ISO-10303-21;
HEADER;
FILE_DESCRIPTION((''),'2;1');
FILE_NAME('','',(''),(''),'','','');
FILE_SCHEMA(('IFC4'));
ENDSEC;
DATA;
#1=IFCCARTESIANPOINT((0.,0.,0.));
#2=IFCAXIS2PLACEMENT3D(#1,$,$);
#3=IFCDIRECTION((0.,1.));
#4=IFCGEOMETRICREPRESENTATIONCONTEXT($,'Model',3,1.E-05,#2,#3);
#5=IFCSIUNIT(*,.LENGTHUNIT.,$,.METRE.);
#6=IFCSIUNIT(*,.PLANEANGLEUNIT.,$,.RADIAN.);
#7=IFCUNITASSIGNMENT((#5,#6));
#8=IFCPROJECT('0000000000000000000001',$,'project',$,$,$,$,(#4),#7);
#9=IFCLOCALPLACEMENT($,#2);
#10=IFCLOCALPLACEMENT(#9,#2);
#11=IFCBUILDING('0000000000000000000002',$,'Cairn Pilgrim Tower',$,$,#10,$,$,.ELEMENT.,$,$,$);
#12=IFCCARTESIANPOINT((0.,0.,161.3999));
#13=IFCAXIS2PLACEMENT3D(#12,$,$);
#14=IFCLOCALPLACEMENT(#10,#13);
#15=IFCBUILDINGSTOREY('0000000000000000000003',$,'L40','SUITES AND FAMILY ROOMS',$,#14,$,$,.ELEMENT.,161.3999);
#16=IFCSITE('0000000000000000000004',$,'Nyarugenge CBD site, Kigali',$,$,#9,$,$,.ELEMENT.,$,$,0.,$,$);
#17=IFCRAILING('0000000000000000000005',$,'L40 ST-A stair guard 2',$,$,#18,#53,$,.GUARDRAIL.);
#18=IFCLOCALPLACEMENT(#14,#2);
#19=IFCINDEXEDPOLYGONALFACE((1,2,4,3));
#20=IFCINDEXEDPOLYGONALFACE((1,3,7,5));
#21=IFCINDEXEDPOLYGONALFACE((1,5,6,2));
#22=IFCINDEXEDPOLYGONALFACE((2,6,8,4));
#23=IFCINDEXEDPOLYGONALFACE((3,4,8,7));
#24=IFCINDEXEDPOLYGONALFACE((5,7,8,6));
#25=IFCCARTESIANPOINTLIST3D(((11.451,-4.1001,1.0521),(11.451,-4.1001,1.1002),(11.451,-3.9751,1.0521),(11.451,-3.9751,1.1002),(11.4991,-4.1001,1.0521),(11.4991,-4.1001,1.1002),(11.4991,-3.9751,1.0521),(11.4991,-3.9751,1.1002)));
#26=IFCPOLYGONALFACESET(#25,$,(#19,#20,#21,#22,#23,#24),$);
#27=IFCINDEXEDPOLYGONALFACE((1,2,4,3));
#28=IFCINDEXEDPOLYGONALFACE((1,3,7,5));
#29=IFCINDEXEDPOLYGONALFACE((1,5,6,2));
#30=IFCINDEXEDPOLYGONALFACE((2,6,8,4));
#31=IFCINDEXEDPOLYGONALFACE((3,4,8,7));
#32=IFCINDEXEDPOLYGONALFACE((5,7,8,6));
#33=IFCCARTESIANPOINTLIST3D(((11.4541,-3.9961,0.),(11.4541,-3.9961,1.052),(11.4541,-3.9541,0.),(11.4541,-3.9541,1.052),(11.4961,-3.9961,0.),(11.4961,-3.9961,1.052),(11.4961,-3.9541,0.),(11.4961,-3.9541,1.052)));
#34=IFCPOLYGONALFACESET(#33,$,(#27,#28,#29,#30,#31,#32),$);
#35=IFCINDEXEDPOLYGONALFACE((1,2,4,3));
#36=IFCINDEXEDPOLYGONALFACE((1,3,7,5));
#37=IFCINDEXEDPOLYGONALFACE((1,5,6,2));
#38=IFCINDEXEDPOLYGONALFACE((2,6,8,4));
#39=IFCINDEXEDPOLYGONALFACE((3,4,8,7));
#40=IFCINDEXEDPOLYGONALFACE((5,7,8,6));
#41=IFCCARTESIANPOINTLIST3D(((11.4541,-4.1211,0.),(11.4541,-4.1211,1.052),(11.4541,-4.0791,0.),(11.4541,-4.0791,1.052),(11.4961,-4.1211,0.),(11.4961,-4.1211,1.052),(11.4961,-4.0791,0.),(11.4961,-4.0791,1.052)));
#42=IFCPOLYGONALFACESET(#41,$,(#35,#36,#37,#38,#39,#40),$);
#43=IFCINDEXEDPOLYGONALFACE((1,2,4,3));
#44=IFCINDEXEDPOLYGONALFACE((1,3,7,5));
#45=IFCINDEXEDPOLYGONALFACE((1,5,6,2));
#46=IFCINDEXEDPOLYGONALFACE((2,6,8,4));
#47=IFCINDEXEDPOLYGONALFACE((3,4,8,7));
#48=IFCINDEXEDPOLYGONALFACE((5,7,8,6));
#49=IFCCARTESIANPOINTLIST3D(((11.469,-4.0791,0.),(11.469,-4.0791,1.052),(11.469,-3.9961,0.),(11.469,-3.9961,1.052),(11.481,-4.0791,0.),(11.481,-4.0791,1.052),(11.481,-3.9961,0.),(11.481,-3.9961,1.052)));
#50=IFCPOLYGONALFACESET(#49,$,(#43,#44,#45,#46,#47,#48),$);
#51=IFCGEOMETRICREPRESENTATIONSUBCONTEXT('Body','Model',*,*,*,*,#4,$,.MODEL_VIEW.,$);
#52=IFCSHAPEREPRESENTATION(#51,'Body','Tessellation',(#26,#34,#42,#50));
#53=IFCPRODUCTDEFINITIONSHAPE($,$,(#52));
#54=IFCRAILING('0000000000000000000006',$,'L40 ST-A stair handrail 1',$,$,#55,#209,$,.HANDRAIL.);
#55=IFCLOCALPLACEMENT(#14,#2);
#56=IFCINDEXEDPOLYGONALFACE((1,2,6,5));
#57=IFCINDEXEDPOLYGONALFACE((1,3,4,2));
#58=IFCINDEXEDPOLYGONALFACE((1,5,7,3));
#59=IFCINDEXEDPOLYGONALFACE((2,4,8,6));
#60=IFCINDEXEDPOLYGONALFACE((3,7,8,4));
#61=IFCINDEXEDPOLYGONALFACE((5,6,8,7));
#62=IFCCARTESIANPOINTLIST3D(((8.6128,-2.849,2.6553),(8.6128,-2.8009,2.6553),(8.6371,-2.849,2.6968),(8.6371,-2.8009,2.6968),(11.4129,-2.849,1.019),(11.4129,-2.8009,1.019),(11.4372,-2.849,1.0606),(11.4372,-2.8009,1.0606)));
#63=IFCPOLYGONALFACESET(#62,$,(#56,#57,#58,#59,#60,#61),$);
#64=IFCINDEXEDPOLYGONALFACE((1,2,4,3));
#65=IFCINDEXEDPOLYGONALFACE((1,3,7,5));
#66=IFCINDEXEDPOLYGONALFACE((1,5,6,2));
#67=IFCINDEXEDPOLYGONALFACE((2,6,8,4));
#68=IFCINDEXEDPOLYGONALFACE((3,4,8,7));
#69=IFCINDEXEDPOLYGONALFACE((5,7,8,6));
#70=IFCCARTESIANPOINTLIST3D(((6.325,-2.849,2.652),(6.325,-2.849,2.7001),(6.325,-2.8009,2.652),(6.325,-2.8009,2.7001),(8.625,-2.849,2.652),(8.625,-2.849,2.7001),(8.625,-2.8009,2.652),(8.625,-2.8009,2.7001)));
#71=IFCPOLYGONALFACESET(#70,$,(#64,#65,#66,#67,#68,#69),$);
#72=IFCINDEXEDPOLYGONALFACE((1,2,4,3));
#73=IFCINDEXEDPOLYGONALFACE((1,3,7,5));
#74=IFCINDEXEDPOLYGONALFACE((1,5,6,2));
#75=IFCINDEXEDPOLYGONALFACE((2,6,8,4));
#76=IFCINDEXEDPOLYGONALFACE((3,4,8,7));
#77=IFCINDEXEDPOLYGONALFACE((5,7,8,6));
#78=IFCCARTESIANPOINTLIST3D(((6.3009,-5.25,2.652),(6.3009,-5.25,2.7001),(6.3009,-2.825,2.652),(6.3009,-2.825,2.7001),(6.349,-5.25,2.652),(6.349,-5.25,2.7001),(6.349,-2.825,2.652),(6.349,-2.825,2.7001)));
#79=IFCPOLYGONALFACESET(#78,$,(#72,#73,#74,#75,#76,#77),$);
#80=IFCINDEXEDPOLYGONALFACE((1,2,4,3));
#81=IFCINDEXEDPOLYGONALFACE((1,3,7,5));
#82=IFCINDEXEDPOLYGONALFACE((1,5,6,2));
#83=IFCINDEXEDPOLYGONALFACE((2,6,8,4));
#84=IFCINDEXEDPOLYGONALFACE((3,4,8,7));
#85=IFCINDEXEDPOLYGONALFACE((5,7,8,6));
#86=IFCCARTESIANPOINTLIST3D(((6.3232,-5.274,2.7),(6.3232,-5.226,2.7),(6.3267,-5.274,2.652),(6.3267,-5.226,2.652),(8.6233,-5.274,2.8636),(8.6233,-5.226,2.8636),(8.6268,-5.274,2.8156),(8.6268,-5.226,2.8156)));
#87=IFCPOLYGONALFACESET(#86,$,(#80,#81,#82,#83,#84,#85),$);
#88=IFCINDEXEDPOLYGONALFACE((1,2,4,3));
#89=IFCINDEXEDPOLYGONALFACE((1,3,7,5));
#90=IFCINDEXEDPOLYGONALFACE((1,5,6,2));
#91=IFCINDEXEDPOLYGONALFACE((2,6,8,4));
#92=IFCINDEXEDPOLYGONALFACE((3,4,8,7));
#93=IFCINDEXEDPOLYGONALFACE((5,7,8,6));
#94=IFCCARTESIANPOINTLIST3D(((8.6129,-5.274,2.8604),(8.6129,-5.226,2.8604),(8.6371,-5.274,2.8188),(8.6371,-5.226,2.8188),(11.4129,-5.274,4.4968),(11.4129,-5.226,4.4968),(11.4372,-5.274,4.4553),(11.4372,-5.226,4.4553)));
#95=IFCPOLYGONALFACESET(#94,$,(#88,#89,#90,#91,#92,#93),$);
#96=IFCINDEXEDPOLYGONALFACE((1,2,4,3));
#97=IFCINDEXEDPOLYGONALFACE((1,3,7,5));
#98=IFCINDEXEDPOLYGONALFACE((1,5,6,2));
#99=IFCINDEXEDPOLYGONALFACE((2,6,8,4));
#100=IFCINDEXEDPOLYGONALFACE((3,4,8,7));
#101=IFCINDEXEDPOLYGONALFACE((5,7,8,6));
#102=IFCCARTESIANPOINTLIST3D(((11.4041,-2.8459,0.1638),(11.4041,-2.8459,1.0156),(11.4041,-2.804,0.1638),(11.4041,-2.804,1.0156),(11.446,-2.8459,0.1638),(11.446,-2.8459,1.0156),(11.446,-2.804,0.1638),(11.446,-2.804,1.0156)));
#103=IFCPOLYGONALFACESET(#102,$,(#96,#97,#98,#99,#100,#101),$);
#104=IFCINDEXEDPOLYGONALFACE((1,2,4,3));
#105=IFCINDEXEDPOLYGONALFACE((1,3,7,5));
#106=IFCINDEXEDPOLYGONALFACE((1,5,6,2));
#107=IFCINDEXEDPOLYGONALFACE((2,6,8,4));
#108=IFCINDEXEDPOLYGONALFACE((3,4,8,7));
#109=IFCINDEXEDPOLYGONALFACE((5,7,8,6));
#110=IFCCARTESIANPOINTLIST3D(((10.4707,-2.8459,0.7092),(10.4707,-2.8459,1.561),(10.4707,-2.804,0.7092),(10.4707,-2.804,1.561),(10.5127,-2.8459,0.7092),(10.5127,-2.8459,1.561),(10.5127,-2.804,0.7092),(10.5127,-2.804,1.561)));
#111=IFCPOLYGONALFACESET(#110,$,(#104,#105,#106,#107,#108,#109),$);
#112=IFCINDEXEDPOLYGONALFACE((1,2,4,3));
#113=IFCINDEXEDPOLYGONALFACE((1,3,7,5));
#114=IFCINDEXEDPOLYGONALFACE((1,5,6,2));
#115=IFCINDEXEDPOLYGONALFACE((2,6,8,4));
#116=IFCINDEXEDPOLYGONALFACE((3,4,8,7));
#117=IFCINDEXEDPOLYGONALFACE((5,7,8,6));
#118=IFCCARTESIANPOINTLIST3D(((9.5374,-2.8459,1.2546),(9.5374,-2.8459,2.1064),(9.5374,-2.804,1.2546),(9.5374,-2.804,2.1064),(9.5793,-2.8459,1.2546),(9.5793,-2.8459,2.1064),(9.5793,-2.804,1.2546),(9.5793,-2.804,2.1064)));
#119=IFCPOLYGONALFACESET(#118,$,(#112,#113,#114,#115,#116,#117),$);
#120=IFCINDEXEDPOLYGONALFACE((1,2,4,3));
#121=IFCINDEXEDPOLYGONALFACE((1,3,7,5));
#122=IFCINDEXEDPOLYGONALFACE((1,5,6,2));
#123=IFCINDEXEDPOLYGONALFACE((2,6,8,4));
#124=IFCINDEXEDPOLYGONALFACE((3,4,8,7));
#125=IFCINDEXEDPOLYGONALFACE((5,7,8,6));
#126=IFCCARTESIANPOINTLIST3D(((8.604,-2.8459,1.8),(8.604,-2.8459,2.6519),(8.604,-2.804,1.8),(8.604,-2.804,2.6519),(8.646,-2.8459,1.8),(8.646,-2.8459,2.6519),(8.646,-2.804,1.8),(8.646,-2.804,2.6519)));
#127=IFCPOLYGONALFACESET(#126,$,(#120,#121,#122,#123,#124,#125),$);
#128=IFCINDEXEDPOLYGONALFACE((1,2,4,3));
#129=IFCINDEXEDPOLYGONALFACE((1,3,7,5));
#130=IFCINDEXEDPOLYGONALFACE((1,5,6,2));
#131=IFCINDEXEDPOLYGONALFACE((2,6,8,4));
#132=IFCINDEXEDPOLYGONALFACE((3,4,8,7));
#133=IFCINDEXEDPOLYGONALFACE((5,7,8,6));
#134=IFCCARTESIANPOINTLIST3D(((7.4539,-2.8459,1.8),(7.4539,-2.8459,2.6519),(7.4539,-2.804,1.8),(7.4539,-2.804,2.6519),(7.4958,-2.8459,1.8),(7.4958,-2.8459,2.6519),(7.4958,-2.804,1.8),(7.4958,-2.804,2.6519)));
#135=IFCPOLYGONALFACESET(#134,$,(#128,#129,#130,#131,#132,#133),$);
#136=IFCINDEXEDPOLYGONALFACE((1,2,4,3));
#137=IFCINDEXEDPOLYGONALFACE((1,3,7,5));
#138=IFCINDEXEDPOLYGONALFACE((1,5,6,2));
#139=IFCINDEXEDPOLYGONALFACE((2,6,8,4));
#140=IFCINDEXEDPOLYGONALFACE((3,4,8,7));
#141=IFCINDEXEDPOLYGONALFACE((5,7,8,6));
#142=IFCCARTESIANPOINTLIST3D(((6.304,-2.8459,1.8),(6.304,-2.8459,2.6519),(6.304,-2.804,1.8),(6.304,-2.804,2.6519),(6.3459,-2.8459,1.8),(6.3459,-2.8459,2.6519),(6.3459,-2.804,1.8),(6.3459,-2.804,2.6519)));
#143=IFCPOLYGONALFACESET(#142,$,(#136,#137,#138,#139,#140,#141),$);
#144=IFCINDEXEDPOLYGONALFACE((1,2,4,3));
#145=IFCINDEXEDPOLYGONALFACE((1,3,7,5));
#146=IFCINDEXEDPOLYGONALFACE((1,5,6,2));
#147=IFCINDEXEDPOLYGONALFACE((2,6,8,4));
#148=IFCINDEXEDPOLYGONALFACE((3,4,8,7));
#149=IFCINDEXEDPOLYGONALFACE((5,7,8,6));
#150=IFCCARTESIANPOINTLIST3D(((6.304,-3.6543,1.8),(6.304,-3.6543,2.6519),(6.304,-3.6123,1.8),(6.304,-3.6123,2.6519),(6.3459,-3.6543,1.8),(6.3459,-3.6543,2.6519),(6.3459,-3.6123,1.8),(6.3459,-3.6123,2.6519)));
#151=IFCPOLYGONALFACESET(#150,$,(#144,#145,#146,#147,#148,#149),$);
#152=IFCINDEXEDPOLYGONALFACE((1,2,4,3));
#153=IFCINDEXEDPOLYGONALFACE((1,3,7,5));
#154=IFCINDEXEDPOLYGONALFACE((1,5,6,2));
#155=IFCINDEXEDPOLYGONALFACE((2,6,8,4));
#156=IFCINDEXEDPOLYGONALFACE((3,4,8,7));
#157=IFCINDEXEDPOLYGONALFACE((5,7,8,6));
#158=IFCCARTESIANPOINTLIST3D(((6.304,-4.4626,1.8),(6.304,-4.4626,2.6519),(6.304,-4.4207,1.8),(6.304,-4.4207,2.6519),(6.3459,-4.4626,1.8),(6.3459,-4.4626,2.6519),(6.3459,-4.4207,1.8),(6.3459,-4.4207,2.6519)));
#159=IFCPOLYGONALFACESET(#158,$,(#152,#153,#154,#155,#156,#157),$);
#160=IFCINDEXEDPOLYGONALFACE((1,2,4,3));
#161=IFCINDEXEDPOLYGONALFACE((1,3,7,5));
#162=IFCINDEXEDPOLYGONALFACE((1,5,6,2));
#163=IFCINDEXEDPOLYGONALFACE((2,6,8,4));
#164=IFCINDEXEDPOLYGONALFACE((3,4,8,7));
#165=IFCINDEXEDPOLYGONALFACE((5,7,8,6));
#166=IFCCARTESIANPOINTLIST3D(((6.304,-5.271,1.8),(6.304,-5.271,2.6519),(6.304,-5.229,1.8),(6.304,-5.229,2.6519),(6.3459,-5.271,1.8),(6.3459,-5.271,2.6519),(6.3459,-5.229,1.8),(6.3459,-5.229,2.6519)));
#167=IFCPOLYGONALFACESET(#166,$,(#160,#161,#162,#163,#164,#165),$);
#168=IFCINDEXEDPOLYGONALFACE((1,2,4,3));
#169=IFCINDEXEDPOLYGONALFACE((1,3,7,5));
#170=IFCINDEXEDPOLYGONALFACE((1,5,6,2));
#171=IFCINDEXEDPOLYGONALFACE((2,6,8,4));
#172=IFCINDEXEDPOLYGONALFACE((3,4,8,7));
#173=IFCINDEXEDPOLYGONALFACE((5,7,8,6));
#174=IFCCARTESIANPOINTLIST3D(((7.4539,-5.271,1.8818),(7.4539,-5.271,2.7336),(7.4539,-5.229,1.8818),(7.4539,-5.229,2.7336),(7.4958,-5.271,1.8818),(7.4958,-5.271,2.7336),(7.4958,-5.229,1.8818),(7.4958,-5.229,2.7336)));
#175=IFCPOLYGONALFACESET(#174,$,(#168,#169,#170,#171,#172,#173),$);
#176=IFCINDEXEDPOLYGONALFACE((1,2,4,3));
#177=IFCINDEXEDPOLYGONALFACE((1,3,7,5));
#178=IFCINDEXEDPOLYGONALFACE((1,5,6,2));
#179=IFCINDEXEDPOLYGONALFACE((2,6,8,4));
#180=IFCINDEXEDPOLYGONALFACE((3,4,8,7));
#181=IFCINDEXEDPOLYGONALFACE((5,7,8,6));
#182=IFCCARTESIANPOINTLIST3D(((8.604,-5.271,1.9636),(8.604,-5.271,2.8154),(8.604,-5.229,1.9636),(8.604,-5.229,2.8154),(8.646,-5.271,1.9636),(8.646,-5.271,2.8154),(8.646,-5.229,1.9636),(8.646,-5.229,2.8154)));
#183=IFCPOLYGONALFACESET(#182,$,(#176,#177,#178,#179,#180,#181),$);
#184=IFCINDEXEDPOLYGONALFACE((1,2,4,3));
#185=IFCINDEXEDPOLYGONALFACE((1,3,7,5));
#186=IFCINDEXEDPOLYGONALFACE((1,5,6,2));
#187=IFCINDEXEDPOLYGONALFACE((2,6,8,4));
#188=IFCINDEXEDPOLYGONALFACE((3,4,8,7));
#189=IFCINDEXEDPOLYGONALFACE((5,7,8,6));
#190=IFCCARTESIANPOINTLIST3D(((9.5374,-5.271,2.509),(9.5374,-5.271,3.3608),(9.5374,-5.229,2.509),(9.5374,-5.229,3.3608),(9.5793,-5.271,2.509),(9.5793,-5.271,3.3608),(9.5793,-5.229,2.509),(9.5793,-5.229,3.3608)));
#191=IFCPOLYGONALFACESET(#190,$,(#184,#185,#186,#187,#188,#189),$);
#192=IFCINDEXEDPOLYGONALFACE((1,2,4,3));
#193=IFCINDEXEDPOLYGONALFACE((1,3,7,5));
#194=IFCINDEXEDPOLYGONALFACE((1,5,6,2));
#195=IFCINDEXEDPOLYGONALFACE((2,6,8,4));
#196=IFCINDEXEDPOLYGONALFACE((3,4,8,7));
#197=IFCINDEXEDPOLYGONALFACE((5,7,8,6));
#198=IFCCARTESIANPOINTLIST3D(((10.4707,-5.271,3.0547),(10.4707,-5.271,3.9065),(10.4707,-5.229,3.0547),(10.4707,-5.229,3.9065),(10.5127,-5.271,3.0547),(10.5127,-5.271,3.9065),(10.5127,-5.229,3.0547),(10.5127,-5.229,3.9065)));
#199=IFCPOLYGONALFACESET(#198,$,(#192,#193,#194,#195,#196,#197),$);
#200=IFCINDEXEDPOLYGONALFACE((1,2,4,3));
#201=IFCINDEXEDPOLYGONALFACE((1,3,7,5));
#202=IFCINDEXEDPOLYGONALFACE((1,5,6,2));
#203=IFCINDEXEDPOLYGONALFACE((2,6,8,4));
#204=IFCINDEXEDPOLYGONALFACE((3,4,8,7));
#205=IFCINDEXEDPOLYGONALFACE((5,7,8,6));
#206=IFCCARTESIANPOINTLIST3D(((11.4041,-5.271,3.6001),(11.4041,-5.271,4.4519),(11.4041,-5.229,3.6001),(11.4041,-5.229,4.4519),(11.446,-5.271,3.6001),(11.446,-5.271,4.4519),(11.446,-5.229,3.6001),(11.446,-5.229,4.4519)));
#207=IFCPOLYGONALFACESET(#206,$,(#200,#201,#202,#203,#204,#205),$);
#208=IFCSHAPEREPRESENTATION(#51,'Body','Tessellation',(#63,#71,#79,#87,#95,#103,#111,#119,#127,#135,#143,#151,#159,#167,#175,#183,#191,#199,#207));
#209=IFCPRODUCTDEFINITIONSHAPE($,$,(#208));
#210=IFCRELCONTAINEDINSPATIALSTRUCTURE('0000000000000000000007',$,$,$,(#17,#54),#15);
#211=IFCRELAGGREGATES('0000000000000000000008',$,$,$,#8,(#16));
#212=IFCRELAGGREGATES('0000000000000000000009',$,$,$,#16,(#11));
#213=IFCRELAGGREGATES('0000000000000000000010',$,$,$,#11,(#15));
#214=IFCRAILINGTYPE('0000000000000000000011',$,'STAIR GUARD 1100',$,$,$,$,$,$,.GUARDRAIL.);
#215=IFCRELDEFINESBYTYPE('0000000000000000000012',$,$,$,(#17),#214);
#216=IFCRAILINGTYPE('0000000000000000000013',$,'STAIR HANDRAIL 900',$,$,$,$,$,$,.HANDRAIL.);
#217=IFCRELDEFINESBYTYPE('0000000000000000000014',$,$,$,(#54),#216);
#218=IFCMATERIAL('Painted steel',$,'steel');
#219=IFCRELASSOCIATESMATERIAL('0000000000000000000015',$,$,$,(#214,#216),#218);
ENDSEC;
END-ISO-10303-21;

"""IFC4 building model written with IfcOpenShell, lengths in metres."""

from ifc_helpers import new_model, si_unit, direction, frame, origin, origin_2d, place, context, subcontext, project, spatial, polyline, rectangle, outline, extrude, material, type_object, element, save


model = new_model("IFC4")

# Units and contexts
model_context = context("Model", 3, precision=1e-05, world=origin(), true_north=direction((0.0, 1.0)))
body_context = subcontext(model_context, "Body", "Model", "MODEL_VIEW")
ifc_project = project(units=[si_unit("LENGTHUNIT", "METRE"), si_unit("PLANEANGLEUNIT", "RADIAN")], contexts=[model_context])

# Site, building, storey
site_placement = place(None, origin())
site = spatial("IfcSite", under=ifc_project, at=site_placement, Name="Nyarugenge CBD site, Kigali", CompositionType="ELEMENT", RefElevation=0.0)
building_placement = place(site_placement, origin())
building = spatial("IfcBuilding", under=site, at=building_placement, Name="Cairn Pilgrim Tower", CompositionType="ELEMENT")
storey_placement = place(building_placement, frame((0.0, 0.0, 161.3999)))
storey = spatial("IfcBuildingStorey", under=building, at=storey_placement, Name="L40", Description="SUITES AND FAMILY ROOMS", CompositionType="ELEMENT", Elevation=161.3999)

# Shared definitions
ifc_material_1 = material(Name="Painted steel", Category="steel")

# Railings
railing_type_1 = type_object("IfcRailingType", Name="STAIR GUARD 1100", PredefinedType="GUARDRAIL", material=ifc_material_1)
railing_1_placement = place(storey_placement, frame((11.4751, -3.9751, 0.0)))
element("IfcRailing", 1, at=railing_1_placement, inside=storey, type_object=railing_type_1, Name="L40 ST-A stair guard 2", PredefinedType="GUARDRAIL", context=body_context, shape_type="SweptSolid", body=[
    extrude(rectangle(XDim=0.0481, YDim=0.0481, at=origin_2d()), frame((0.0, 0.0, 1.0762), z_axis=(0.0, -1.0, 0.0), x_axis=(1.0, 0.0, 0.0)), (0.0, 0.0, 1.0), 0.125),
    extrude(rectangle(XDim=0.042, YDim=0.042, at=origin_2d()), origin(), (0.0, 0.0, 1.0), 1.052),
    extrude(rectangle(XDim=0.042, YDim=0.042, at=origin_2d()), frame((0.0, -0.125, 0.0)), (0.0, 0.0, 1.0), 1.052),
    extrude(outline(polyline([(0.021, 0.0), (0.104, 0.0), (0.104, 1.052), (0.021, 1.052), (0.021, 0.0)])), frame((0.0059, 0.0, 0.0), z_axis=(-1.0, 0.0, 0.0), x_axis=(0.0, -1.0, 0.0)), (0.0, 0.0, 1.0), 0.012),
])
railing_type_2 = type_object("IfcRailingType", Name="STAIR HANDRAIL 900", PredefinedType="HANDRAIL", material=ifc_material_1)
railing_2_placement = place(storey_placement, frame((11.425, -2.825, 0.1638)))
element("IfcRailing", 2, at=railing_2_placement, inside=storey, type_object=railing_type_2, Name="L40 ST-A stair handrail 1", PredefinedType="HANDRAIL", context=body_context, shape_type="SweptSolid", body=[
    extrude(rectangle(XDim=0.0481, YDim=0.0481, at=origin_2d()), frame((0.0, 0.0, 0.876), z_axis=(-0.863394, 0.0, 0.504531), x_axis=(0.0, -1.0, 0.0)), (0.0, 0.0, 1.0), 3.2432),
    extrude(rectangle(XDim=0.0481, YDim=0.0481, at=origin_2d()), frame((-2.8, 0.0, 2.5122), z_axis=(-1.0, 0.0, 0.0), x_axis=(0.0, -1.0, 0.0)), (0.0, 0.0, 1.0), 2.3),
    extrude(rectangle(XDim=0.0481, YDim=0.0481, at=origin_2d()), frame((-5.1001, 0.0, 2.5122), z_axis=(0.0, -1.0, 0.0), x_axis=(1.0, 0.0, 0.0)), (0.0, 0.0, 1.0), 2.425),
    extrude(rectangle(XDim=0.0481, YDim=0.0481, at=origin_2d()), frame((-5.1001, -2.425, 2.5122), z_axis=(0.997481, 0.0, 0.070939), x_axis=(0.0, 1.0, 0.0)), (0.0, 0.0, 1.0), 2.3059),
    extrude(rectangle(XDim=0.0481, YDim=0.0481, at=origin_2d()), frame((-2.8, -2.425, 2.6758), z_axis=(0.863361, 0.0, 0.504587), x_axis=(0.0, 1.0, 0.0)), (0.0, 0.0, 1.0), 3.2432),
    extrude(rectangle(XDim=0.042, YDim=0.042, at=origin_2d()), origin(), (0.0, 0.0, 1.0), 0.8518),
    extrude(rectangle(XDim=0.042, YDim=0.042, at=origin_2d()), frame((-0.9333, 0.0, 0.5454)), (0.0, 0.0, 1.0), 0.8518),
    extrude(rectangle(XDim=0.042, YDim=0.042, at=origin_2d()), frame((-1.8667, 0.0, 1.0908)), (0.0, 0.0, 1.0), 0.8518),
    extrude(rectangle(XDim=0.042, YDim=0.042, at=origin_2d()), frame((-2.8, 0.0, 1.6362)), (0.0, 0.0, 1.0), 0.8518),
    extrude(rectangle(XDim=0.042, YDim=0.042, at=origin_2d()), frame((-3.9502, 0.0, 1.6362)), (0.0, 0.0, 1.0), 0.8518),
    extrude(rectangle(XDim=0.042, YDim=0.042, at=origin_2d()), frame((-5.1001, 0.0, 1.6362)), (0.0, 0.0, 1.0), 0.8518),
    extrude(rectangle(XDim=0.042, YDim=0.042, at=origin_2d()), frame((-5.1001, -0.8083, 1.6362)), (0.0, 0.0, 1.0), 0.8518),
    extrude(rectangle(XDim=0.042, YDim=0.042, at=origin_2d()), frame((-5.1001, -1.6167, 1.6362)), (0.0, 0.0, 1.0), 0.8518),
    extrude(rectangle(XDim=0.042, YDim=0.042, at=origin_2d()), frame((-5.1001, -2.425, 1.6362)), (0.0, 0.0, 1.0), 0.8518),
    extrude(rectangle(XDim=0.042, YDim=0.042, at=origin_2d()), frame((-3.9502, -2.425, 1.718)), (0.0, 0.0, 1.0), 0.8518),
    extrude(rectangle(XDim=0.042, YDim=0.042, at=origin_2d()), frame((-2.8, -2.425, 1.7998)), (0.0, 0.0, 1.0), 0.8518),
    extrude(rectangle(XDim=0.042, YDim=0.042, at=origin_2d()), frame((-1.8667, -2.425, 2.3452)), (0.0, 0.0, 1.0), 0.8518),
    extrude(rectangle(XDim=0.042, YDim=0.042, at=origin_2d()), frame((-0.9333, -2.425, 2.8909)), (0.0, 0.0, 1.0), 0.8518),
    extrude(rectangle(XDim=0.042, YDim=0.042, at=origin_2d()), frame((0.0, -2.425, 3.4363)), (0.0, 0.0, 1.0), 0.8518),
])

save(model, "model.ifc")
